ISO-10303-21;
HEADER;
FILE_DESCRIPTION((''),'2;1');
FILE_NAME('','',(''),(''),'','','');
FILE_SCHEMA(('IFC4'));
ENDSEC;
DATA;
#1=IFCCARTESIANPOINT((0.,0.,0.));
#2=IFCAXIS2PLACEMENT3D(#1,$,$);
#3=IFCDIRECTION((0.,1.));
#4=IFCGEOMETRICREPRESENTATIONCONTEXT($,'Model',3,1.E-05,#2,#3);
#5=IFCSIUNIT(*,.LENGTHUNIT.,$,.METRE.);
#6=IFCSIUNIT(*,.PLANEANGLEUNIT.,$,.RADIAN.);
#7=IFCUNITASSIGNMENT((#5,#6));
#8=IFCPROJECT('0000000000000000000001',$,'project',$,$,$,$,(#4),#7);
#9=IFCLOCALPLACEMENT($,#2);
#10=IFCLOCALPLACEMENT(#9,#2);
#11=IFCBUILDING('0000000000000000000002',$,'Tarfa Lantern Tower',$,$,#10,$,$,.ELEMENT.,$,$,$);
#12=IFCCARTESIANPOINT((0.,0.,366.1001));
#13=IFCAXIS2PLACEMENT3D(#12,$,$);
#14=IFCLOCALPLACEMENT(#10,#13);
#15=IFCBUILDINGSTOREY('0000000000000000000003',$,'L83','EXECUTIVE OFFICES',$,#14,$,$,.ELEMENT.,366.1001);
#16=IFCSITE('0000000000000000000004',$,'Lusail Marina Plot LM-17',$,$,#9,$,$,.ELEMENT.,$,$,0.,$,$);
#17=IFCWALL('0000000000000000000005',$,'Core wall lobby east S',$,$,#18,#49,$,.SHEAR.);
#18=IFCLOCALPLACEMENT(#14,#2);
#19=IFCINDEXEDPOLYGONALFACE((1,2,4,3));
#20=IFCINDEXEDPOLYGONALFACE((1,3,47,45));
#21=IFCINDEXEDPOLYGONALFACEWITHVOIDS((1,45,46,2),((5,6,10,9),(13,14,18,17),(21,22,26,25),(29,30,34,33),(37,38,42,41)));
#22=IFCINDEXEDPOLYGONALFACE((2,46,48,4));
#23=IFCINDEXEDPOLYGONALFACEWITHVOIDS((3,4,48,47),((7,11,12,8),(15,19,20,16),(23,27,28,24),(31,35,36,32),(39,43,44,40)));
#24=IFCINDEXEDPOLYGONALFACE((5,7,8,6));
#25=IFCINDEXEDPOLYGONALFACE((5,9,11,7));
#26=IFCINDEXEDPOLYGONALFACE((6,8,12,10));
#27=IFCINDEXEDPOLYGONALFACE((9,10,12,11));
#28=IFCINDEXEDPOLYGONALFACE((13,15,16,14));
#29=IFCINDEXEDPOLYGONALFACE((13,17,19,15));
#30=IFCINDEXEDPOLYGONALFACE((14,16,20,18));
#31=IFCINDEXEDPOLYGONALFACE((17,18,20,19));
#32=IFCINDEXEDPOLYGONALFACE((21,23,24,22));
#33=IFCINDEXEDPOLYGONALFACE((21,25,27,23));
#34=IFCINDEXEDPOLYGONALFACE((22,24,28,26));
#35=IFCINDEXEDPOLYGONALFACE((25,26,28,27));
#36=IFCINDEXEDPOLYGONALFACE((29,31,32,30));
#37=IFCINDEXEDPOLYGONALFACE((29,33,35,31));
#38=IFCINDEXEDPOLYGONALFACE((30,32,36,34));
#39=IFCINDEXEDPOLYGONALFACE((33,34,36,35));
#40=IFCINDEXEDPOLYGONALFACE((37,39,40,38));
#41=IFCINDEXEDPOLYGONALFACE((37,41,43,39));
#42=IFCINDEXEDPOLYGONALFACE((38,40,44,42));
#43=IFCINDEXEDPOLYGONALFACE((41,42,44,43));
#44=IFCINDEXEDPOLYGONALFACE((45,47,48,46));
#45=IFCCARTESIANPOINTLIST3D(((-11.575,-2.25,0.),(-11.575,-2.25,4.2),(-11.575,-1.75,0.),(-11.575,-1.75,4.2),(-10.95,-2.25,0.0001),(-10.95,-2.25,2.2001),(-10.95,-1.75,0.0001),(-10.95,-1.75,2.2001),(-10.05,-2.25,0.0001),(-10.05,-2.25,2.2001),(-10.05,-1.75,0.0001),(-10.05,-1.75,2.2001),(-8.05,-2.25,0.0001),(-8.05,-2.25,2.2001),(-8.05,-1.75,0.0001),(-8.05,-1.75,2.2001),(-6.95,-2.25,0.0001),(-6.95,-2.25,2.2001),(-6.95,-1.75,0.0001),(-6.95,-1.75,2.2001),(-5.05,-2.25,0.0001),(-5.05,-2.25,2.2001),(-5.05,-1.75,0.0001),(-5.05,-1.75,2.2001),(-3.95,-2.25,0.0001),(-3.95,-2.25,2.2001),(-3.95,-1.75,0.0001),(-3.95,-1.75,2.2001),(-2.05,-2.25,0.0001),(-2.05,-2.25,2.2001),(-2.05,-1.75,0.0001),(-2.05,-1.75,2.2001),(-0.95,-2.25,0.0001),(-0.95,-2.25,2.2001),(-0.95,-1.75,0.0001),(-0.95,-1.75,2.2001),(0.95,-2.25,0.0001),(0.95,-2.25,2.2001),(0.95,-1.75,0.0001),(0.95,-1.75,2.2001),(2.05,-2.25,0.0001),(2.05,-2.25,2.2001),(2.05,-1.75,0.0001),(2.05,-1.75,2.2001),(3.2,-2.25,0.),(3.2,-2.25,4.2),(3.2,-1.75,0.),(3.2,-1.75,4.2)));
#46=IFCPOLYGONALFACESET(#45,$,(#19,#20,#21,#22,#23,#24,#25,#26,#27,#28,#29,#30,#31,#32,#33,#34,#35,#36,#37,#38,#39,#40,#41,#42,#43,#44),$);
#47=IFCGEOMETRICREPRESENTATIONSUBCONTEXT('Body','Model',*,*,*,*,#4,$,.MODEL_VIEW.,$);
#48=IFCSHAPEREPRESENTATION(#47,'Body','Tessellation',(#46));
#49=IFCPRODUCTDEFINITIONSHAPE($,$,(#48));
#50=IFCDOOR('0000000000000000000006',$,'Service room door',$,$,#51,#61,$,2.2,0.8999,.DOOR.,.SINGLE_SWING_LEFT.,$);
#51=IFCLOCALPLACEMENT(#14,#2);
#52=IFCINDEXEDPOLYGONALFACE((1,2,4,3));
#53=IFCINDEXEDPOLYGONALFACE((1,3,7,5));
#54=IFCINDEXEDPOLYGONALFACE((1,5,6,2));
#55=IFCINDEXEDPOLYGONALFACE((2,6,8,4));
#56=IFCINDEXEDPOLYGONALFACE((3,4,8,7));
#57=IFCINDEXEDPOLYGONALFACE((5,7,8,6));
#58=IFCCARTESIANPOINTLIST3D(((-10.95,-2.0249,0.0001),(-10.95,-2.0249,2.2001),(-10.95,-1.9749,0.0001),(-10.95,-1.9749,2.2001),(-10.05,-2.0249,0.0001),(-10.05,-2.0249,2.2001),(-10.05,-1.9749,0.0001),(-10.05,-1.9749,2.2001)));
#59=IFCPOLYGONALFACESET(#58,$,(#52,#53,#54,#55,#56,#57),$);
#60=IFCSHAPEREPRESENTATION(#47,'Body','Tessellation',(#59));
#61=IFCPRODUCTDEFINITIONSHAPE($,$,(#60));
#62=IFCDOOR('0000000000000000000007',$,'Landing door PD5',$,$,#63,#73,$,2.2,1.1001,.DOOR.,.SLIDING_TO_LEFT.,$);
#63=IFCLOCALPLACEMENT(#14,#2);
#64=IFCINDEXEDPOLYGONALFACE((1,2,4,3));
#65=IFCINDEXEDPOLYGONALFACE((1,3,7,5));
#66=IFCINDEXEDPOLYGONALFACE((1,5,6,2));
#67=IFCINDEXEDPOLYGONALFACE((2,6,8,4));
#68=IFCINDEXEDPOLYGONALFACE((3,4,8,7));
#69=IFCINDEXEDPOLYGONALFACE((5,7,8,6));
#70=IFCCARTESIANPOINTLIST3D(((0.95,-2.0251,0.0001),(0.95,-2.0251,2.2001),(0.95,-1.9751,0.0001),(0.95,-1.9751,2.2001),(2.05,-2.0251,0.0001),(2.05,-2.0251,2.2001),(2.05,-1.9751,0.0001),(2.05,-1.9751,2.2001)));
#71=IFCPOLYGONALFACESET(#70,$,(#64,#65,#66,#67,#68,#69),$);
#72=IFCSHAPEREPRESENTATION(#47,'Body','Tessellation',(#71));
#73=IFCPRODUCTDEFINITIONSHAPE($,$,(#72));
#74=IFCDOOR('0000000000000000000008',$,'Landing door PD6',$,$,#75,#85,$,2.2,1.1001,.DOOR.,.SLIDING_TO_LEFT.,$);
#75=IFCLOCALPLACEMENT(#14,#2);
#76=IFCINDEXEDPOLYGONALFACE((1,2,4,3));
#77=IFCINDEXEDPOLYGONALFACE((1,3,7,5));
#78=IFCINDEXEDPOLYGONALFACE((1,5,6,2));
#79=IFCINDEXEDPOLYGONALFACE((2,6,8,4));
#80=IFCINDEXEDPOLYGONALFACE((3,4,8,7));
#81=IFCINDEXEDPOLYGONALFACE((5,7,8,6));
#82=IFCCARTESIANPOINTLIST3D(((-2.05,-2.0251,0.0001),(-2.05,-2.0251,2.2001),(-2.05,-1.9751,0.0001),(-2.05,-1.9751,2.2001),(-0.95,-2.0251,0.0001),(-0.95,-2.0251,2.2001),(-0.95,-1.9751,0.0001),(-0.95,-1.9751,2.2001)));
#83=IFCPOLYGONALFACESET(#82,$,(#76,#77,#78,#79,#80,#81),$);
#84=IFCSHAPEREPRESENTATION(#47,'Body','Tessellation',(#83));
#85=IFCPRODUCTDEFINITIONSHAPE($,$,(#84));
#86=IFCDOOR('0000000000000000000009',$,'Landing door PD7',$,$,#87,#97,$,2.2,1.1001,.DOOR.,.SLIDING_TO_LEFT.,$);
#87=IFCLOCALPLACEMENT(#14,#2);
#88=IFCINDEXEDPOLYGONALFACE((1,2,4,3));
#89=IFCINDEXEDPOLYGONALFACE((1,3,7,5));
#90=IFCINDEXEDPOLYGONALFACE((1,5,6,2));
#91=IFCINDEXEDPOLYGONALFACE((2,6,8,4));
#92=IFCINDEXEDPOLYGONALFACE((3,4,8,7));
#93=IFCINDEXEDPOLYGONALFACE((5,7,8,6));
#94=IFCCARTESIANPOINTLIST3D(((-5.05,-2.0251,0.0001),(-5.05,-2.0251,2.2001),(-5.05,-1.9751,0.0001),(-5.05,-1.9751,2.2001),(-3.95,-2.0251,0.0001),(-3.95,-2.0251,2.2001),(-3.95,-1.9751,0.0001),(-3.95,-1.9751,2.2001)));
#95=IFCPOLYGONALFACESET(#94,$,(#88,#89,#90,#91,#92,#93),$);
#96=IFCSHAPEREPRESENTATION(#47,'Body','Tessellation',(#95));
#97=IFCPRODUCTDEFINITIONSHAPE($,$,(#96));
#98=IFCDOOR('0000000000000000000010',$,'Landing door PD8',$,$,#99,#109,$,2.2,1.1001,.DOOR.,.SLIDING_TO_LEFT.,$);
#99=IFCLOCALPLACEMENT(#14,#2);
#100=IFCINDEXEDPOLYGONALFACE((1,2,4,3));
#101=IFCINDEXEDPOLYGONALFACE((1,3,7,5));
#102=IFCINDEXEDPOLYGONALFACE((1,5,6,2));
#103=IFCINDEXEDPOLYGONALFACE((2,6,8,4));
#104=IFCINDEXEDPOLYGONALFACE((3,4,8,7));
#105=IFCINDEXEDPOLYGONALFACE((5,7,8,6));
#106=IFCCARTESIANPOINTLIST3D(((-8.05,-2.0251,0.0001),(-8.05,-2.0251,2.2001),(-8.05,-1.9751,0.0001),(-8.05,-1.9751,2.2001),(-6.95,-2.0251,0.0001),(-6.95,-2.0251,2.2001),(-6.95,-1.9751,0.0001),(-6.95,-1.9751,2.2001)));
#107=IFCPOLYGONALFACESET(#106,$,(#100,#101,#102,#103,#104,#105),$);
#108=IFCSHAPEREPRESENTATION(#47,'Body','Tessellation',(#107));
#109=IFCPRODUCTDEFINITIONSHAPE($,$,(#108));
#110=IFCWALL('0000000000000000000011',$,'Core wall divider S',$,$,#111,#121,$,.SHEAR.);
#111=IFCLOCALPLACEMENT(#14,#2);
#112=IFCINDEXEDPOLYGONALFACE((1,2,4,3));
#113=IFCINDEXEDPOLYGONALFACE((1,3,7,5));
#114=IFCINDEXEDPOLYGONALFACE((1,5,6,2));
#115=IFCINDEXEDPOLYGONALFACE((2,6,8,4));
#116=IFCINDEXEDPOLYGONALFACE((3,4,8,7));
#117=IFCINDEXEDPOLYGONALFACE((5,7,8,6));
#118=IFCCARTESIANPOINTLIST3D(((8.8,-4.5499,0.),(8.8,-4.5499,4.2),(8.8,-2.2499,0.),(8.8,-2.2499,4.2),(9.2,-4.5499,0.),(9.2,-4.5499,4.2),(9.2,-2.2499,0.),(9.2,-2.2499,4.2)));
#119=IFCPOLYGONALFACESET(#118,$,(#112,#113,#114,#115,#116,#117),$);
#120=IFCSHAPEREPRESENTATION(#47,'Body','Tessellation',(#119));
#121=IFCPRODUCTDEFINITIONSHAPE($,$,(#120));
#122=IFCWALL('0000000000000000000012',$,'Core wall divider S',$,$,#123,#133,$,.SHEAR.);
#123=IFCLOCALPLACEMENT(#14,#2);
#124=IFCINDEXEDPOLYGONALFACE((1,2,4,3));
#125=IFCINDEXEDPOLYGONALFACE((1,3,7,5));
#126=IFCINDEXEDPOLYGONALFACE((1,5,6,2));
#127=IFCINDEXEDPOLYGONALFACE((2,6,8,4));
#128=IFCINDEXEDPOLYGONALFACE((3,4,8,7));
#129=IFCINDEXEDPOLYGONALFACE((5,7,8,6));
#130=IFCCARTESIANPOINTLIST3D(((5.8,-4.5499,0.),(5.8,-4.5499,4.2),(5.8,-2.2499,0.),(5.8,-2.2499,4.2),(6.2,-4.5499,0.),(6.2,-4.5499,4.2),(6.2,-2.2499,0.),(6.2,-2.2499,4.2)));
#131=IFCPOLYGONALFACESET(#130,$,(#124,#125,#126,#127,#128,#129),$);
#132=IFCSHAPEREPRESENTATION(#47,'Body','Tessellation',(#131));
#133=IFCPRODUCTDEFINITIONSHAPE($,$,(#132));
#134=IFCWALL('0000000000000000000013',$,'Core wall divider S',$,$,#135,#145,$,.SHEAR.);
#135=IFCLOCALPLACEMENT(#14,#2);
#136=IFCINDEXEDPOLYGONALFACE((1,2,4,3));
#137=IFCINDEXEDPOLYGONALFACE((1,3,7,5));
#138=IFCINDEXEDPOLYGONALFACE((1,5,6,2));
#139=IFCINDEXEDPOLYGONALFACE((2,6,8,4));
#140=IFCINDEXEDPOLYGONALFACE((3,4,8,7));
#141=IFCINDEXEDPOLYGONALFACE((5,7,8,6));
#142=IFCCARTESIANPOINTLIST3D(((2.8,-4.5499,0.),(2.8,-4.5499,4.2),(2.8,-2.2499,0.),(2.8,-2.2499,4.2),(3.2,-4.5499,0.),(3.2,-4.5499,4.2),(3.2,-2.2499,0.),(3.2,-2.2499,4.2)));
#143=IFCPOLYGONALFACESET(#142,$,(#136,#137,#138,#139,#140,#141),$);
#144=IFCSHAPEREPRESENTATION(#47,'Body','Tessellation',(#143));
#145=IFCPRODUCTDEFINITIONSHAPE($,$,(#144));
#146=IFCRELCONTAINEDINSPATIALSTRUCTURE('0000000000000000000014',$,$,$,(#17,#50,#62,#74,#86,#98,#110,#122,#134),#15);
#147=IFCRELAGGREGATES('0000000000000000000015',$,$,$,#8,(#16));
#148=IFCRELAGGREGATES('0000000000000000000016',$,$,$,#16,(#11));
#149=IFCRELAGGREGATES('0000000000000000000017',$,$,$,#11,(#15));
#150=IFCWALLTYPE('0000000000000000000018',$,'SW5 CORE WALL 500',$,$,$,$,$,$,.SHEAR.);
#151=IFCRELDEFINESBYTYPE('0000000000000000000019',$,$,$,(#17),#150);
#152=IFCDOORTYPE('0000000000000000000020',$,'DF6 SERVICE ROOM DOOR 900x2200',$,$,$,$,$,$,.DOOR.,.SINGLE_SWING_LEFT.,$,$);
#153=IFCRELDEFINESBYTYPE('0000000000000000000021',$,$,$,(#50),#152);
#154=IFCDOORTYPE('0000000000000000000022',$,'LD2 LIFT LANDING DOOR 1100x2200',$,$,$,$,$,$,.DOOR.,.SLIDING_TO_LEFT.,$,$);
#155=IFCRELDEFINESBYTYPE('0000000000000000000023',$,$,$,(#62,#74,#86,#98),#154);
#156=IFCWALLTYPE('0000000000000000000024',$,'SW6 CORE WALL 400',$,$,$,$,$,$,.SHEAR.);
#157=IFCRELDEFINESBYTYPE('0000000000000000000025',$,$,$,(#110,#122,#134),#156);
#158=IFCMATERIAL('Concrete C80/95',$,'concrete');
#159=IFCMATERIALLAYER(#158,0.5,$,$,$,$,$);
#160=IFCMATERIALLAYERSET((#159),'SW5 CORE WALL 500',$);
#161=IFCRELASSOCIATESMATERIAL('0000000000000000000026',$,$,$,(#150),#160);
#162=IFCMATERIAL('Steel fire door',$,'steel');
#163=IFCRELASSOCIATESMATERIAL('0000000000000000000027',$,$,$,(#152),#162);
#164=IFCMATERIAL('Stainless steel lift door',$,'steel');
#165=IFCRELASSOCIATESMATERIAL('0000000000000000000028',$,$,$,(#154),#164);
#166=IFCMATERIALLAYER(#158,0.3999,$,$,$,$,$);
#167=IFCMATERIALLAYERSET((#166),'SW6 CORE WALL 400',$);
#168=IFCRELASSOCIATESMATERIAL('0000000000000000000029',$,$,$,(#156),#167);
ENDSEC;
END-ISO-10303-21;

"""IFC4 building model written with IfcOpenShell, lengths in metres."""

from ifc_helpers import new_model, si_unit, direction, frame, frame_2d, origin, place, context, subcontext, project, spatial, rectangle, extrude, material, layer, layer_set, type_object, element, fill, save


model = new_model("IFC4")

# Units and contexts
model_context = context("Model", 3, precision=1e-05, world=origin(), true_north=direction((0.0, 1.0)))
body_context = subcontext(model_context, "Body", "Model", "MODEL_VIEW")
ifc_project = project(units=[si_unit("LENGTHUNIT", "METRE"), si_unit("PLANEANGLEUNIT", "RADIAN")], contexts=[model_context])

# Site, building, storey
site_placement = place(None, origin())
site = spatial("IfcSite", under=ifc_project, at=site_placement, Name="Lusail Marina Plot LM-17", CompositionType="ELEMENT", RefElevation=0.0)
building_placement = place(site_placement, origin())
building = spatial("IfcBuilding", under=site, at=building_placement, Name="Tarfa Lantern Tower", CompositionType="ELEMENT")
storey_placement = place(building_placement, frame((0.0, 0.0, 366.1001)))
storey = spatial("IfcBuildingStorey", under=building, at=storey_placement, Name="L83", Description="EXECUTIVE OFFICES", CompositionType="ELEMENT", Elevation=366.1001)

# Shared definitions
ifc_material_1 = material(Name="Concrete C80/95", Category="concrete")

# Shared definitions
ifc_material_2 = material(Name="Steel fire door", Category="steel")

# Wall, openings, doors
ifc_layer_1 = layer(ifc_material_1, 0.5)
ifc_layer_set_1 = layer_set([ifc_layer_1], Name="SW5 CORE WALL 500")
wall_type_1 = type_object("IfcWallType", Name="SW5 CORE WALL 500", PredefinedType="SHEAR", material=ifc_layer_set_1)
wall_1_placement = place(storey_placement, frame((3.2, -2.0, 0.0), z_axis=(0.0, 0.0, 1.0), x_axis=(-1.0, 0.0, 0.0)))
wall_1 = element("IfcWall", 1, at=wall_1_placement, inside=storey, type_object=wall_type_1, Name="Core wall lobby east S", PredefinedType="SHEAR", context=body_context, shape_type="SweptSolid", body=[
    extrude(rectangle(XDim=14.7749, YDim=0.5, at=frame_2d((7.3875, 0.0))), origin(), (0.0, 0.0, 1.0), 4.2),
])
opening_1_placement = place(wall_1_placement, frame((13.25, 0.0, 0.0)))
opening_1 = element("IfcOpeningElement", 2, at=opening_1_placement, cuts=wall_1, PredefinedType="OPENING", context=body_context, shape_type="SweptSolid", body=[
    extrude(rectangle(XDim=0.8999, YDim=2.2, at=frame_2d((0.45, 1.1001))), frame((0.0, 0.26, 0.0), z_axis=(0.0, -1.0, 0.0), x_axis=(1.0, 0.0, 0.0)), (0.0, 0.0, 1.0), 0.52),
])
opening_2_placement = place(wall_1_placement, frame((1.1499, 0.0, 0.0)))
opening_2 = element("IfcOpeningElement", 3, at=opening_2_placement, cuts=wall_1, PredefinedType="OPENING", context=body_context, shape_type="SweptSolid", body=[
    extrude(rectangle(XDim=1.1001, YDim=2.2, at=frame_2d((0.55, 1.1001))), frame((0.0, 0.26, 0.0), z_axis=(0.0, -1.0, 0.0), x_axis=(1.0, 0.0, 0.0)), (0.0, 0.0, 1.0), 0.52),
])
opening_3_placement = place(wall_1_placement, frame((4.1499, 0.0, 0.0)))
opening_3 = element("IfcOpeningElement", 4, at=opening_3_placement, cuts=wall_1, PredefinedType="OPENING", context=body_context, shape_type="SweptSolid", body=[
    extrude(rectangle(XDim=1.1001, YDim=2.2, at=frame_2d((0.55, 1.1001))), frame((0.0, 0.26, 0.0), z_axis=(0.0, -1.0, 0.0), x_axis=(1.0, 0.0, 0.0)), (0.0, 0.0, 1.0), 0.52),
])
opening_4_placement = place(wall_1_placement, frame((7.1499, 0.0, 0.0)))
opening_4 = element("IfcOpeningElement", 5, at=opening_4_placement, cuts=wall_1, PredefinedType="OPENING", context=body_context, shape_type="SweptSolid", body=[
    extrude(rectangle(XDim=1.1001, YDim=2.2, at=frame_2d((0.55, 1.1001))), frame((0.0, 0.26, 0.0), z_axis=(0.0, -1.0, 0.0), x_axis=(1.0, 0.0, 0.0)), (0.0, 0.0, 1.0), 0.52),
])
opening_5_placement = place(wall_1_placement, frame((10.1499, 0.0, 0.0)))
opening_5 = element("IfcOpeningElement", 6, at=opening_5_placement, cuts=wall_1, PredefinedType="OPENING", context=body_context, shape_type="SweptSolid", body=[
    extrude(rectangle(XDim=1.1001, YDim=2.2, at=frame_2d((0.55, 1.1001))), frame((0.0, 0.26, 0.0), z_axis=(0.0, -1.0, 0.0), x_axis=(1.0, 0.0, 0.0)), (0.0, 0.0, 1.0), 0.52),
])
door_type_1 = type_object("IfcDoorType", Name="DF6 SERVICE ROOM DOOR 900x2200", OperationType="SINGLE_SWING_LEFT", PredefinedType="DOOR", material=ifc_material_2)
door_1_placement = place(opening_1_placement, origin())
door_1 = element("IfcDoor", 7, at=door_1_placement, inside=storey, type_object=door_type_1, Name="Service room door", OperationType="SINGLE_SWING_LEFT", OverallHeight=2.2, OverallWidth=0.8999, PredefinedType="DOOR", context=body_context, shape_type="SweptSolid", body=[
    extrude(rectangle(XDim=0.8999, YDim=2.2, at=frame_2d((0.45, 1.1001))), frame((0.0, 0.0249, 0.0), z_axis=(0.0, -1.0, 0.0), x_axis=(1.0, 0.0, 0.0)), (0.0, 0.0, 1.0), 0.05),
])
fill(opening_1, door_1)
ifc_material_3 = material(Name="Stainless steel lift door", Category="steel")
door_type_2 = type_object("IfcDoorType", Name="LD2 LIFT LANDING DOOR 1100x2200", OperationType="SLIDING_TO_LEFT", PredefinedType="DOOR", material=ifc_material_3)
door_2_placement = place(opening_2_placement, frame((1.1001, 0.0, 0.0), z_axis=(0.0, 0.0, 1.0), x_axis=(-1.0, 0.0, 0.0)))
door_2 = element("IfcDoor", 8, at=door_2_placement, inside=storey, type_object=door_type_2, Name="Landing door PD5", OperationType="SLIDING_TO_LEFT", OverallHeight=2.2, OverallWidth=1.1001, PredefinedType="DOOR", context=body_context, shape_type="SweptSolid", body=[
    extrude(rectangle(XDim=1.1001, YDim=2.2, at=frame_2d((0.55, 1.1001))), frame((0.0, 0.0249, 0.0), z_axis=(0.0, -1.0, 0.0), x_axis=(1.0, 0.0, 0.0)), (0.0, 0.0, 1.0), 0.05),
])
fill(opening_2, door_2)
door_3_placement = place(opening_3_placement, frame((1.1001, 0.0, 0.0), z_axis=(0.0, 0.0, 1.0), x_axis=(-1.0, 0.0, 0.0)))
door_3 = element("IfcDoor", 9, at=door_3_placement, inside=storey, type_object=door_type_2, Name="Landing door PD6", OperationType="SLIDING_TO_LEFT", OverallHeight=2.2, OverallWidth=1.1001, PredefinedType="DOOR", context=body_context, shape_type="SweptSolid", body=[
    extrude(rectangle(XDim=1.1001, YDim=2.2, at=frame_2d((0.55, 1.1001))), frame((0.0, 0.0249, 0.0), z_axis=(0.0, -1.0, 0.0), x_axis=(1.0, 0.0, 0.0)), (0.0, 0.0, 1.0), 0.05),
])
fill(opening_3, door_3)
door_4_placement = place(opening_4_placement, frame((1.1001, 0.0, 0.0), z_axis=(0.0, 0.0, 1.0), x_axis=(-1.0, 0.0, 0.0)))
door_4 = element("IfcDoor", 10, at=door_4_placement, inside=storey, type_object=door_type_2, Name="Landing door PD7", OperationType="SLIDING_TO_LEFT", OverallHeight=2.2, OverallWidth=1.1001, PredefinedType="DOOR", context=body_context, shape_type="SweptSolid", body=[
    extrude(rectangle(XDim=1.1001, YDim=2.2, at=frame_2d((0.55, 1.1001))), frame((0.0, 0.0249, 0.0), z_axis=(0.0, -1.0, 0.0), x_axis=(1.0, 0.0, 0.0)), (0.0, 0.0, 1.0), 0.05),
])
fill(opening_4, door_4)
door_5_placement = place(opening_5_placement, frame((1.1001, 0.0, 0.0), z_axis=(0.0, 0.0, 1.0), x_axis=(-1.0, 0.0, 0.0)))
door_5 = element("IfcDoor", 11, at=door_5_placement, inside=storey, type_object=door_type_2, Name="Landing door PD8", OperationType="SLIDING_TO_LEFT", OverallHeight=2.2, OverallWidth=1.1001, PredefinedType="DOOR", context=body_context, shape_type="SweptSolid", body=[
    extrude(rectangle(XDim=1.1001, YDim=2.2, at=frame_2d((0.55, 1.1001))), frame((0.0, 0.0249, 0.0), z_axis=(0.0, -1.0, 0.0), x_axis=(1.0, 0.0, 0.0)), (0.0, 0.0, 1.0), 0.05),
])
fill(opening_5, door_5)

# Walls
ifc_layer_2 = layer(ifc_material_1, 0.3999)
ifc_layer_set_2 = layer_set([ifc_layer_2], Name="SW6 CORE WALL 400")
wall_type_2 = type_object("IfcWallType", Name="SW6 CORE WALL 400", PredefinedType="SHEAR", material=ifc_layer_set_2)
for number, where, z_axis, x_axis, name in (
    (12, (9.0, -2.25, 0.0), (0.0, 0.0, 1.0), (0.0, -1.0, 0.0), "Core wall divider S"),
    (13, (6.0, -2.25, 0.0), (0.0, 0.0, 1.0), (0.0, -1.0, 0.0), "Core wall divider S"),
    (14, (3.0, -2.25, 0.0), (0.0, 0.0, 1.0), (0.0, -1.0, 0.0), "Core wall divider S"),
):
    element("IfcWall", number, at=place(storey_placement, frame(where, z_axis=z_axis, x_axis=x_axis)), inside=storey, type_object=wall_type_2, Name=name, PredefinedType="SHEAR", context=body_context, shape_type="SweptSolid", body=[
        extrude(rectangle(XDim=2.3, YDim=0.3999, at=frame_2d((1.1499, 0.0))), origin(), (0.0, 0.0, 1.0), 4.2),
    ])

save(model, "model.ifc")
